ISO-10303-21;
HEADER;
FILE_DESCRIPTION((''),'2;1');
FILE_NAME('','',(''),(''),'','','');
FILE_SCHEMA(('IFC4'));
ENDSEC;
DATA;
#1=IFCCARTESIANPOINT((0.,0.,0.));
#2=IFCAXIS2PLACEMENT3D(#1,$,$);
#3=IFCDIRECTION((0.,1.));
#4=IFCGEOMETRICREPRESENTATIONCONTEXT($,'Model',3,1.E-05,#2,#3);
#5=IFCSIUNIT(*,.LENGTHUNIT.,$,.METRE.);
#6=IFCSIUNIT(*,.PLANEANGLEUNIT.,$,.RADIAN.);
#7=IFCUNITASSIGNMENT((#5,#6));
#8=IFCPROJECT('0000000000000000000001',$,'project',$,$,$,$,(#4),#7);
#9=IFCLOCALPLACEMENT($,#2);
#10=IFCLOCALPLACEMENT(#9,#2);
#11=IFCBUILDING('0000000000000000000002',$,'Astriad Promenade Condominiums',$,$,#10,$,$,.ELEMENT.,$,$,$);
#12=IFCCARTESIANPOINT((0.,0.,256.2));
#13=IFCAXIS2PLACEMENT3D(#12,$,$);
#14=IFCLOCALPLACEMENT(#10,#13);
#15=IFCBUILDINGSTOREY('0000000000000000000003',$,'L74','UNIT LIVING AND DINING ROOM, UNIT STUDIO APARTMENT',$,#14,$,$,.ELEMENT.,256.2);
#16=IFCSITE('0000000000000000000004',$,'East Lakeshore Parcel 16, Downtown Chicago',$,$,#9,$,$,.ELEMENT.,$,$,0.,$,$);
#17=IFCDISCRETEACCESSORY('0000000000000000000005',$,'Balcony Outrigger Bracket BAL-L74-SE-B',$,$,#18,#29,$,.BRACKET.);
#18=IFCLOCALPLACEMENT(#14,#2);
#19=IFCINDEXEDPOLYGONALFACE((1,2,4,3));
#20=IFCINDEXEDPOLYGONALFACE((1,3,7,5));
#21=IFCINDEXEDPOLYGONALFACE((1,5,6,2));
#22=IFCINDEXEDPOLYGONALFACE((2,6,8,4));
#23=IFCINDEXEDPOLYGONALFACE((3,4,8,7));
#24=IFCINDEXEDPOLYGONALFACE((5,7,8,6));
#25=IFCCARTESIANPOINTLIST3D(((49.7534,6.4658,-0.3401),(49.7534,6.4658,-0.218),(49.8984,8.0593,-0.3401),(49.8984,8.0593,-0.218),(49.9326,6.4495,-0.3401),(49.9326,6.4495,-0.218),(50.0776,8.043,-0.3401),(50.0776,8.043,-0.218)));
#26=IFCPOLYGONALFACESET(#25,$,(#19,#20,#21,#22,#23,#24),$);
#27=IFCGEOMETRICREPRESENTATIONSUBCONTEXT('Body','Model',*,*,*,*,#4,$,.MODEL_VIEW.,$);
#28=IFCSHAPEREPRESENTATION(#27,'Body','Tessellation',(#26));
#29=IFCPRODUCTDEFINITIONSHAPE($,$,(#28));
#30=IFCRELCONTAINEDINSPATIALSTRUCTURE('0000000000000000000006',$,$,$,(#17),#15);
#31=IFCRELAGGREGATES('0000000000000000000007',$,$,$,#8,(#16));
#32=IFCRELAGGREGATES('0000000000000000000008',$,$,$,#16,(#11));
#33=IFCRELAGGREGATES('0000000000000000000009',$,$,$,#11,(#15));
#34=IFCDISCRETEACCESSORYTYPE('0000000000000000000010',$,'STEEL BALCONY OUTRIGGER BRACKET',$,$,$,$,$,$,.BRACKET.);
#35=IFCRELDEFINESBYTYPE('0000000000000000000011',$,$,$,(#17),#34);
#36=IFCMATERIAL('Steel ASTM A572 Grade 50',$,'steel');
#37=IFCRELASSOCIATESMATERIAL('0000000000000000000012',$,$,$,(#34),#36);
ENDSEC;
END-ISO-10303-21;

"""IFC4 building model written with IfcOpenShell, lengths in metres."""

from ifc_helpers import new_model, si_unit, direction, frame, origin, origin_2d, place, context, subcontext, project, spatial, rectangle, extrude, source, transform, mapped, material, type_object, type_shapes, element, save


model = new_model("IFC4")

# Units and contexts
model_context = context("Model", 3, precision=1e-05, world=origin(), true_north=direction((0.0, 1.0)))
body_context = subcontext(model_context, "Body", "Model", "MODEL_VIEW")
ifc_project = project(units=[si_unit("LENGTHUNIT", "METRE"), si_unit("PLANEANGLEUNIT", "RADIAN")], contexts=[model_context])

# Site, building, storey
site_placement = place(None, origin())
site = spatial("IfcSite", under=ifc_project, at=site_placement, Name="East Lakeshore Parcel 16, Downtown Chicago", CompositionType="ELEMENT", RefElevation=0.0)
building_placement = place(site_placement, origin())
building = spatial("IfcBuilding", under=site, at=building_placement, Name="Astriad Promenade Condominiums", CompositionType="ELEMENT")
storey_placement = place(building_placement, frame((0.0, 0.0, 256.2)))
storey = spatial("IfcBuildingStorey", under=building, at=storey_placement, Name="L74", Description="UNIT LIVING AND DINING ROOM, UNIT STUDIO APARTMENT", CompositionType="ELEMENT", Elevation=256.2)

# Discrete accessory
ifc_material_1 = material(Name="Steel ASTM A572 Grade 50", Category="steel")
discrete_accessory_type = type_object("IfcDiscreteAccessoryType", Name="STEEL BALCONY OUTRIGGER BRACKET", PredefinedType="BRACKET", material=ifc_material_1)
shared_shape_1 = source(origin(), body_context, "Body", "SweptSolid", [
    extrude(rectangle(XDim=1.6001, YDim=0.1799, at=origin_2d()), origin(), (0.0, 0.0, 1.0), 0.1221),
])
type_shapes(discrete_accessory_type, [shared_shape_1])
discrete_accessory_placement = place(storey_placement, frame((49.9155, 7.2544, -0.3401), z_axis=(0.0, 0.0, 1.0), x_axis=(-0.090633, -0.995884, 0.0)))
element("IfcDiscreteAccessory", 1, at=discrete_accessory_placement, inside=storey, type_object=discrete_accessory_type, Name="Balcony Outrigger Bracket BAL-L74-SE-B", PredefinedType="BRACKET", context=body_context, shape_type="MappedRepresentation", body=[
    mapped(shared_shape_1, transform((0.0, 0.0, 0.0), scale=1.0)),
])

save(model, "model.ifc")
